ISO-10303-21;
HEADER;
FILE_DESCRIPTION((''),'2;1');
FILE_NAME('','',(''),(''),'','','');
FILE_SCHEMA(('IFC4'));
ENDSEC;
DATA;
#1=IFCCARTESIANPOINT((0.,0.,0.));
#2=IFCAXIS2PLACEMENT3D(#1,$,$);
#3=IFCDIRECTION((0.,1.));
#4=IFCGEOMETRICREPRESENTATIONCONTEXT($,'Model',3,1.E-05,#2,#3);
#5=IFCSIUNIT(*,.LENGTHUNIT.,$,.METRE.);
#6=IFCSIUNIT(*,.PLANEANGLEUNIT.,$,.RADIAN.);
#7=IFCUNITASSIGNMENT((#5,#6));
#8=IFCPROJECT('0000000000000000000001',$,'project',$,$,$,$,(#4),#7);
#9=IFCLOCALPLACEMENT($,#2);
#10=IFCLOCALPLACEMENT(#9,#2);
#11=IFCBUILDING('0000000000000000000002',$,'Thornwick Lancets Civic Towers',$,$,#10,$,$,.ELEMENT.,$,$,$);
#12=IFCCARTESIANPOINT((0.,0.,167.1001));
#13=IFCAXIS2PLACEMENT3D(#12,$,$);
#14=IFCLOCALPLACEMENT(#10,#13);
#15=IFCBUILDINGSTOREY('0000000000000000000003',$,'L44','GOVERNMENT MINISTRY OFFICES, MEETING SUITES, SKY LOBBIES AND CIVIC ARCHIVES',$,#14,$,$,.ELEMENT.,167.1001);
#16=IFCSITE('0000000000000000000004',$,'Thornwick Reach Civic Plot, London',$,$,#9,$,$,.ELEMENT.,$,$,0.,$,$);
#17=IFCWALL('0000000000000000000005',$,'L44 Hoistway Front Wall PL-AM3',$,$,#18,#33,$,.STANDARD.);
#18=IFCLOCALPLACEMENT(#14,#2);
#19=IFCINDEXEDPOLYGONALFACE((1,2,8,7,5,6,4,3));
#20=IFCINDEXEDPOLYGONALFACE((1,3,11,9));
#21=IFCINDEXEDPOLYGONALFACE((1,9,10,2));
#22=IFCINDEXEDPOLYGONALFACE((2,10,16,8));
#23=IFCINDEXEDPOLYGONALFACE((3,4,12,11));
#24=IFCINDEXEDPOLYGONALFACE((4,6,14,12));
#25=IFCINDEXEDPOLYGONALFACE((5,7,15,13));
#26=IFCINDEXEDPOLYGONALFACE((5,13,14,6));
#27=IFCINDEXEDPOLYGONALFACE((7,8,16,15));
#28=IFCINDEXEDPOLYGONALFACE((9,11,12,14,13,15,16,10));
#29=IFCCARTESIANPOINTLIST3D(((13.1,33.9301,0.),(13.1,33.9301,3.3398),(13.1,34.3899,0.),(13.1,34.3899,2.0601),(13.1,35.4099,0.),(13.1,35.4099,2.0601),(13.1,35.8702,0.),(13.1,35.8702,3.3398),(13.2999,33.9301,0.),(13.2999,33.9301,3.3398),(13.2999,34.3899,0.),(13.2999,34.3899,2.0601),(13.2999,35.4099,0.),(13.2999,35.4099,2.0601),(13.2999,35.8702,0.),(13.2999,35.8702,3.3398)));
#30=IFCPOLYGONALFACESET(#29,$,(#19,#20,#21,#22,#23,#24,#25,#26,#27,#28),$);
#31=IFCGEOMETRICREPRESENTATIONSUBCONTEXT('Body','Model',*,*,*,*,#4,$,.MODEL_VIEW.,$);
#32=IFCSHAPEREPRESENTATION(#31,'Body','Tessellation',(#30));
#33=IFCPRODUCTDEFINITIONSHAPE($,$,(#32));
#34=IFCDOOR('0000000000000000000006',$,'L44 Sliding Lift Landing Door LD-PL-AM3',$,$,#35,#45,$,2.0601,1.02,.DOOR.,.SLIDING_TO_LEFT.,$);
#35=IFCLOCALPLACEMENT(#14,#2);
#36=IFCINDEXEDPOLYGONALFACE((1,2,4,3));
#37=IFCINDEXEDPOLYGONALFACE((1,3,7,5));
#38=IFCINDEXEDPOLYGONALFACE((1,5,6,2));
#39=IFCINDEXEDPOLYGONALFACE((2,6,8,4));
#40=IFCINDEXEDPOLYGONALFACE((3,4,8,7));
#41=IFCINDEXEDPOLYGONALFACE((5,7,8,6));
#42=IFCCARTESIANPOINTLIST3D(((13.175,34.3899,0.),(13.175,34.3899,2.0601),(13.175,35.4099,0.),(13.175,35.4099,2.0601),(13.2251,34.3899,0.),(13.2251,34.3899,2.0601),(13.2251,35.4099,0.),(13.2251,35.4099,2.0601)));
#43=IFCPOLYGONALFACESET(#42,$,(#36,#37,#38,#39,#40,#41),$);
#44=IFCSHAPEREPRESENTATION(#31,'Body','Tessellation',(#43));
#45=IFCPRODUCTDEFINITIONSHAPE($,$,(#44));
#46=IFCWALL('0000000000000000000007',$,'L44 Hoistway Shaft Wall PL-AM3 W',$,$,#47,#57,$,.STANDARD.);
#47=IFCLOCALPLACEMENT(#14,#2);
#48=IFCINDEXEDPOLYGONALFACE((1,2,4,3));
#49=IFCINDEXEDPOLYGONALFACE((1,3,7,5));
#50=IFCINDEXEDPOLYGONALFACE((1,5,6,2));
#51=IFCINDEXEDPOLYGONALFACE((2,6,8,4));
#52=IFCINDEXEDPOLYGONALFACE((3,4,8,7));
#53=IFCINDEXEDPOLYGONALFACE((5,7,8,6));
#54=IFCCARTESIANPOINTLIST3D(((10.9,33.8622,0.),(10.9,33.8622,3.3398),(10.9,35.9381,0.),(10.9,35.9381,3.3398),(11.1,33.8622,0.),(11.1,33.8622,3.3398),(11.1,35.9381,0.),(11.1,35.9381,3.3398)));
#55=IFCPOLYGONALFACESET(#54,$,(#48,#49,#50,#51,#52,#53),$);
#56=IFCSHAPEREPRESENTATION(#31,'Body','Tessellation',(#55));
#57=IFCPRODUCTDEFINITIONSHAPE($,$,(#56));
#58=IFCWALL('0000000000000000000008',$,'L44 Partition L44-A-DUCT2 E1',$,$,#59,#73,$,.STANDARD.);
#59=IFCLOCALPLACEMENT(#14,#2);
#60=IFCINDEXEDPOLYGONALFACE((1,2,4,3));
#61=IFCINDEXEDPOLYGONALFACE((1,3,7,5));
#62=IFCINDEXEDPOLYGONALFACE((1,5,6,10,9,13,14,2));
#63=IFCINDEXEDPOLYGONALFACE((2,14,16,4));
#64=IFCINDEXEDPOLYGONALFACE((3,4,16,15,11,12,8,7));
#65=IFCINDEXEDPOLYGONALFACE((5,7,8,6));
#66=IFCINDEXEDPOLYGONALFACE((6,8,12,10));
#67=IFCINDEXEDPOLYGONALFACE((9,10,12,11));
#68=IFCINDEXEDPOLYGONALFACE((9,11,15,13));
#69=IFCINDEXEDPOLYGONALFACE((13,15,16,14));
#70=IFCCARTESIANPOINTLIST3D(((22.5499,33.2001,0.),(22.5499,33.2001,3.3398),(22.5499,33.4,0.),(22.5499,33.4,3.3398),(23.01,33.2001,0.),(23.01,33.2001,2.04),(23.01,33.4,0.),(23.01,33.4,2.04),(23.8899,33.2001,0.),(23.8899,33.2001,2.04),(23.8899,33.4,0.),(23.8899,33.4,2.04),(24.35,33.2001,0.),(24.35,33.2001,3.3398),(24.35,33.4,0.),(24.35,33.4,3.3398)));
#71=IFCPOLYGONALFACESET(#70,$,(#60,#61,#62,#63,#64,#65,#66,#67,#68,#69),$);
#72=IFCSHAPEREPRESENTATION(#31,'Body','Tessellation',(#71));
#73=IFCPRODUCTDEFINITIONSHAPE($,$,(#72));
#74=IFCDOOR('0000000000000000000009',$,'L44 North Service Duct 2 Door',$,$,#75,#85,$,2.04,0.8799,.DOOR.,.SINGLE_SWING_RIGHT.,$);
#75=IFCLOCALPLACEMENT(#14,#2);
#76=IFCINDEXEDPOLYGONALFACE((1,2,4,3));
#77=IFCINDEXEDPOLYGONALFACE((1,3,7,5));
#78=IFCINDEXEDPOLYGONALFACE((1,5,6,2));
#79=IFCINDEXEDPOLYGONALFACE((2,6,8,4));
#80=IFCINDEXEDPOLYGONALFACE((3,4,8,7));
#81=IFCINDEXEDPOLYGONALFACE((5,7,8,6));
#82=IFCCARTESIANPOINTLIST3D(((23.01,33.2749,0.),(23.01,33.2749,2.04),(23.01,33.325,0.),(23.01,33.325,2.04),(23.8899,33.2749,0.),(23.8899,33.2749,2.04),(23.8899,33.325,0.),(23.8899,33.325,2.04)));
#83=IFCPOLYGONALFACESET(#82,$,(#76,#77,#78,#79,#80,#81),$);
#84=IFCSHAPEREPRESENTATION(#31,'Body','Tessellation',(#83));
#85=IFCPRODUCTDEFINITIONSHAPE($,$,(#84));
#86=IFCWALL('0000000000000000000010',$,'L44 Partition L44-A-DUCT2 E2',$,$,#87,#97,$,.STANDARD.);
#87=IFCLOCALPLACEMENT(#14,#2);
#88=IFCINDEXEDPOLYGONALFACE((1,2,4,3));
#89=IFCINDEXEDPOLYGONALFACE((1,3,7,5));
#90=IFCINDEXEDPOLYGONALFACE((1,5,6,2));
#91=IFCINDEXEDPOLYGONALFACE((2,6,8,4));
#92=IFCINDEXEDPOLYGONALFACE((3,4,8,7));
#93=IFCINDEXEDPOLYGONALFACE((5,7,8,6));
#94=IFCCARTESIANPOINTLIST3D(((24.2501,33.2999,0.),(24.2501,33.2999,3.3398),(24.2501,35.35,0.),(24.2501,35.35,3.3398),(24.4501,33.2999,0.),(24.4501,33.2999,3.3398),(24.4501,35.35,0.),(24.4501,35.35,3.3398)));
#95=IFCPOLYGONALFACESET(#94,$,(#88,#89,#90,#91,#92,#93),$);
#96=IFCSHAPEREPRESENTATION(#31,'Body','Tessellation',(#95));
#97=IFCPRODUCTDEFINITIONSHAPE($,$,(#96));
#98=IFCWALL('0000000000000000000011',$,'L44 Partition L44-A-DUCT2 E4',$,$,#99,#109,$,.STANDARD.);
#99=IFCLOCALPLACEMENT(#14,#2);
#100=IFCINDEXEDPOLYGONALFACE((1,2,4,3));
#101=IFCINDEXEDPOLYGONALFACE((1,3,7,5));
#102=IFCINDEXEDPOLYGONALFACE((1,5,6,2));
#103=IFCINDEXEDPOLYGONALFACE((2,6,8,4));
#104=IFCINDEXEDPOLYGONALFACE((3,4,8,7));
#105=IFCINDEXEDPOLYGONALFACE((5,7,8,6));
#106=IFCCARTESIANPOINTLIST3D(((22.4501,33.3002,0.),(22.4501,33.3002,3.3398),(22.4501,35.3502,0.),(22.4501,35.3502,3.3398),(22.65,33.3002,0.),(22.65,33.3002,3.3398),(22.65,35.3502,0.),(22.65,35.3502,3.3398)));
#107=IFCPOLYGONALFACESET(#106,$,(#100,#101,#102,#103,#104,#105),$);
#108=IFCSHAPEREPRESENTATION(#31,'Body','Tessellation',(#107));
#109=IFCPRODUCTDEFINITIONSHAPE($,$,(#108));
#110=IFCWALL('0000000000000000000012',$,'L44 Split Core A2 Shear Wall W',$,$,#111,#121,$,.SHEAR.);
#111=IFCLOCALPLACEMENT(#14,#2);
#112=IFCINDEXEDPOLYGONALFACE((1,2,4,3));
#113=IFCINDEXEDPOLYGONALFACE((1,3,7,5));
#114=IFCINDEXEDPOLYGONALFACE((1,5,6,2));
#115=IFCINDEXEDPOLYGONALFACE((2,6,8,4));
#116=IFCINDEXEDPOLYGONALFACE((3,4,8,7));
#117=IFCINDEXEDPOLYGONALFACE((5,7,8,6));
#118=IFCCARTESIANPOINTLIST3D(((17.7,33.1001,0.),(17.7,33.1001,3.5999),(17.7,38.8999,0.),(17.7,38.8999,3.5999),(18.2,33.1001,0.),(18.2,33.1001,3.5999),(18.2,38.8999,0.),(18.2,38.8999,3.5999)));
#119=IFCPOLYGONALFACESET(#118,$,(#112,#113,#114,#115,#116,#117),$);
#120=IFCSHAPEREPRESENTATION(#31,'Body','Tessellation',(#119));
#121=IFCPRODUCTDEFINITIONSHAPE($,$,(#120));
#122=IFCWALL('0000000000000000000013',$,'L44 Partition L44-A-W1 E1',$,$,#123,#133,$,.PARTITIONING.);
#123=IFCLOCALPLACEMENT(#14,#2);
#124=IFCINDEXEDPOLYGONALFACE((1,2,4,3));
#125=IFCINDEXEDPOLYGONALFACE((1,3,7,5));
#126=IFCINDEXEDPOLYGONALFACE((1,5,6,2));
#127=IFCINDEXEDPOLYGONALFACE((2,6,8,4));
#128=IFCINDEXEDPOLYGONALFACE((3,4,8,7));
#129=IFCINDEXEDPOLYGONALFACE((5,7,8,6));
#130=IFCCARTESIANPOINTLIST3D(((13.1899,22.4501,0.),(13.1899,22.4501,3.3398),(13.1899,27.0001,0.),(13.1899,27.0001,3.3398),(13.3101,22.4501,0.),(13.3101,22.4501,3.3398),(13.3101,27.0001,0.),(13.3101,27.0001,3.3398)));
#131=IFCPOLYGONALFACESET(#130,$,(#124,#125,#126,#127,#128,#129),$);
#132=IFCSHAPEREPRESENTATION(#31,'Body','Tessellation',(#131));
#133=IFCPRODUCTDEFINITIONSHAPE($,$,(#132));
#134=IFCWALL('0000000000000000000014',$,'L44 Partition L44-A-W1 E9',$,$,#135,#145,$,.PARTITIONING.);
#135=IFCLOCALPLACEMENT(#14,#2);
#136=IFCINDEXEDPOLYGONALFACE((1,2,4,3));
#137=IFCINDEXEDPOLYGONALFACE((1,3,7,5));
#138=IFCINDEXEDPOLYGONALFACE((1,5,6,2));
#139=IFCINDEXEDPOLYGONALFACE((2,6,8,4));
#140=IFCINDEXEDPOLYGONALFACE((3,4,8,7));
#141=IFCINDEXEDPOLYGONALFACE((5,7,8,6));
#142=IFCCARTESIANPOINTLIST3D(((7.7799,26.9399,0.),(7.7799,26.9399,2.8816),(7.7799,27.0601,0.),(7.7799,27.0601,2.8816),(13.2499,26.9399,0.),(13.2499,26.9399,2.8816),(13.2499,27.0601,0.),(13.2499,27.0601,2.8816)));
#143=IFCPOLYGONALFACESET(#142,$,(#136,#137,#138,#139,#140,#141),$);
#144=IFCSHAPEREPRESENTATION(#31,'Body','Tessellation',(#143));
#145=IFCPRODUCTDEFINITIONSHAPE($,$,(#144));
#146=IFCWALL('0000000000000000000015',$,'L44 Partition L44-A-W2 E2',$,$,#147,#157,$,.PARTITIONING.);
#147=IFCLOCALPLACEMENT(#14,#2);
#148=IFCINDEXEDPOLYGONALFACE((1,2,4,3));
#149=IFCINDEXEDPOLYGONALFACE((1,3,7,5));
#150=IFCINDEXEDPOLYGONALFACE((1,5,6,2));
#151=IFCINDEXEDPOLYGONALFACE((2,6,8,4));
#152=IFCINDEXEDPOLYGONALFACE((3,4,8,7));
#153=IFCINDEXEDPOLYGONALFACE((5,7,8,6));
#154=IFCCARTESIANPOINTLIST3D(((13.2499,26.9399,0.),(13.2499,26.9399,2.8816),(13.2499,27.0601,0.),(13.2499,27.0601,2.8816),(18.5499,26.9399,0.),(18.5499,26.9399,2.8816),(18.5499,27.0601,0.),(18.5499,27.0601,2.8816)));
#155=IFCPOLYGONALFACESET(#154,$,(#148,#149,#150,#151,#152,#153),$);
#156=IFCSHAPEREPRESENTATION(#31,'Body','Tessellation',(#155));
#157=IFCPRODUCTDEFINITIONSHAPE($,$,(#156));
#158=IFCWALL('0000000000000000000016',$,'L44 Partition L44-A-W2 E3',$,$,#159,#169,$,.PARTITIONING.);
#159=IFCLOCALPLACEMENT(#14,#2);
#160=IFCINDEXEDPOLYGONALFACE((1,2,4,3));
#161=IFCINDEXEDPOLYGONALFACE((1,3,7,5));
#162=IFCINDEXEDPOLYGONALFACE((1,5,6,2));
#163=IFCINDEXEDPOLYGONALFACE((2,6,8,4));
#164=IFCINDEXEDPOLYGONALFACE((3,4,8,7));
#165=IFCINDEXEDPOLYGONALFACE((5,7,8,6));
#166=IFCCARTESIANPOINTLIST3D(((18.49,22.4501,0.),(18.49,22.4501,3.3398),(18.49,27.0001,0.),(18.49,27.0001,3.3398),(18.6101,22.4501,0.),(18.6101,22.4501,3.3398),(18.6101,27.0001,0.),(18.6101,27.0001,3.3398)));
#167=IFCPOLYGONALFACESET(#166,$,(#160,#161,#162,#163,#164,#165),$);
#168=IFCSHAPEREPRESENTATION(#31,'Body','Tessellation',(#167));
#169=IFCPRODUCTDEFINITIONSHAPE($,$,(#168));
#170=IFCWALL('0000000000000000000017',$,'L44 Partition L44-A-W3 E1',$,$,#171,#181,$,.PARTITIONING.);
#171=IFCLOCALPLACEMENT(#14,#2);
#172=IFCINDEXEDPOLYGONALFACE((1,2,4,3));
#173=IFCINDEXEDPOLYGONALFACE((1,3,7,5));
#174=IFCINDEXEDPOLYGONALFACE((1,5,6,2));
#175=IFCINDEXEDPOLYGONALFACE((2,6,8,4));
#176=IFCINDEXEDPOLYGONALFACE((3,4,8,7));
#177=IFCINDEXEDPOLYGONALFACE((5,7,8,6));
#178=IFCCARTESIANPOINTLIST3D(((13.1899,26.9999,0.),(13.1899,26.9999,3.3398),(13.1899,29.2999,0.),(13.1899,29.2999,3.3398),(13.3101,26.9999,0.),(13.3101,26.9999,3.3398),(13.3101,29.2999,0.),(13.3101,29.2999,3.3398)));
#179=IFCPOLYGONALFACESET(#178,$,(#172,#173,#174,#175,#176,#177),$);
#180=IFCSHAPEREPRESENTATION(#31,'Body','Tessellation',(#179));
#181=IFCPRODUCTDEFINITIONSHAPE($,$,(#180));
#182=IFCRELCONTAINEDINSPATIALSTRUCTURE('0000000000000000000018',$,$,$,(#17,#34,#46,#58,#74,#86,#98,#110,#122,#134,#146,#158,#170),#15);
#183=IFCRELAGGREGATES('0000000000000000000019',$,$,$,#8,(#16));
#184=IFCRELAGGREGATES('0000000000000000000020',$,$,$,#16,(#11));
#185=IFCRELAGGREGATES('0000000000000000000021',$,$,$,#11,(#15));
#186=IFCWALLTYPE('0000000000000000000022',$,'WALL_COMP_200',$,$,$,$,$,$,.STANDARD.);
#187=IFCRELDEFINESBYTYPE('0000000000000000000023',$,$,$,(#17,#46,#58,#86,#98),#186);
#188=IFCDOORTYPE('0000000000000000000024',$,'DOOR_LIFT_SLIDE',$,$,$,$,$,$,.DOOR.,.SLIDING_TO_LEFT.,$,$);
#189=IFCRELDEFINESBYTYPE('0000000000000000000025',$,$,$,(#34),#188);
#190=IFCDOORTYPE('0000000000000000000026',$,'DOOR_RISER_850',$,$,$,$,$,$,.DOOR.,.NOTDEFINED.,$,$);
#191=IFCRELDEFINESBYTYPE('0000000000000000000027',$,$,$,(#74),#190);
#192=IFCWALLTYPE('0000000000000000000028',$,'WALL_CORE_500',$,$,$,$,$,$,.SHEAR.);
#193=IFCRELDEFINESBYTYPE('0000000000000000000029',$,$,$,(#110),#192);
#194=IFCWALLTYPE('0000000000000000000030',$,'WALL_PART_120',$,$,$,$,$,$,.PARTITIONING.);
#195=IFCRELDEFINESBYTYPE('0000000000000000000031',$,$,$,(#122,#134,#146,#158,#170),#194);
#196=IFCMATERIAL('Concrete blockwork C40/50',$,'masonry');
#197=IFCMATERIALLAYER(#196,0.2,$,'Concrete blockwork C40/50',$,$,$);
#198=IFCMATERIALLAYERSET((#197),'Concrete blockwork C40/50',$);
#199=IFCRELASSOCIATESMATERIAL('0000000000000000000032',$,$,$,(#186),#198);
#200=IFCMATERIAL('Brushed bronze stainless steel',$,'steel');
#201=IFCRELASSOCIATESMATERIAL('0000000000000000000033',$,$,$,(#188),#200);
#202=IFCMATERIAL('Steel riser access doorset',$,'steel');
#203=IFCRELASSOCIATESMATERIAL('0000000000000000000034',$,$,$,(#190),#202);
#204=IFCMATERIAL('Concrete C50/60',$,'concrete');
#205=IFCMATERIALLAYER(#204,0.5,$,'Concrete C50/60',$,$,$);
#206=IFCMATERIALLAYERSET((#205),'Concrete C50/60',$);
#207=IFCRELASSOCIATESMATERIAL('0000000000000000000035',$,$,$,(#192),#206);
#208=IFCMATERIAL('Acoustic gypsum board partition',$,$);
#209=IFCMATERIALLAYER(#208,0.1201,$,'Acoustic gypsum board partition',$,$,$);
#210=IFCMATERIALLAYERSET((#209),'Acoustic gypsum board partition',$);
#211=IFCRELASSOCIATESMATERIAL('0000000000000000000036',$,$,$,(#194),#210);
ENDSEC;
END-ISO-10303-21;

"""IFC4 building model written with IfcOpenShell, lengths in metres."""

from ifc_helpers import new_model, si_unit, direction, frame, frame_2d, origin, place, context, subcontext, project, spatial, rectangle, extrude, material, layer, layer_set, type_object, element, fill, save


model = new_model("IFC4")

# Units and contexts
model_context = context("Model", 3, precision=1e-05, world=origin(), true_north=direction((0.0, 1.0)))
body_context = subcontext(model_context, "Body", "Model", "MODEL_VIEW")
ifc_project = project(units=[si_unit("LENGTHUNIT", "METRE"), si_unit("PLANEANGLEUNIT", "RADIAN")], contexts=[model_context])

# Site, building, storey
site_placement = place(None, origin())
site = spatial("IfcSite", under=ifc_project, at=site_placement, Name="Thornwick Reach Civic Plot, London", CompositionType="ELEMENT", RefElevation=0.0)
building_placement = place(site_placement, origin())
building = spatial("IfcBuilding", under=site, at=building_placement, Name="Thornwick Lancets Civic Towers", CompositionType="ELEMENT")
storey_placement = place(building_placement, frame((0.0, 0.0, 167.1001)))
storey = spatial("IfcBuildingStorey", under=building, at=storey_placement, Name="L44", Description="GOVERNMENT MINISTRY OFFICES, MEETING SUITES, SKY LOBBIES AND CIVIC ARCHIVES", CompositionType="ELEMENT", Elevation=167.1001)

# Shared definitions
ifc_material_1 = material(Name="Concrete C50/60", Category="concrete")

# Wall, opening, door
ifc_material_2 = material(Name="Concrete blockwork C40/50", Category="masonry")
ifc_layer_1 = layer(ifc_material_2, 0.2, Name="Concrete blockwork C40/50")
ifc_layer_set_1 = layer_set([ifc_layer_1], Name="Concrete blockwork C40/50")
wall_type_1 = type_object("IfcWallType", Name="WALL_COMP_200", PredefinedType="STANDARD", material=ifc_layer_set_1)
wall_1_placement = place(storey_placement, frame((13.2, 33.9299, 0.0), z_axis=(0.0, 0.0, 1.0), x_axis=(0.0, 1.0, 0.0)))
wall_1 = element("IfcWall", 1, at=wall_1_placement, inside=storey, type_object=wall_type_1, Name="L44 Hoistway Front Wall PL-AM3", PredefinedType="STANDARD", context=body_context, shape_type="SweptSolid", body=[
    extrude(rectangle(XDim=1.9402, YDim=0.2, at=frame_2d((0.9702, 0.0))), origin(), (0.0, 0.0, 1.0), 3.3398),
])
opening_1_placement = place(wall_1_placement, frame((0.46, 0.0, 0.0)))
opening_1 = element("IfcOpeningElement", 2, at=opening_1_placement, cuts=wall_1, PredefinedType="OPENING", context=body_context, shape_type="SweptSolid", body=[
    extrude(rectangle(XDim=1.02, YDim=2.0601, at=frame_2d((0.51, 1.03))), frame((0.0, 0.1099, 0.0), z_axis=(0.0, -1.0, 0.0), x_axis=(1.0, 0.0, 0.0)), (0.0, 0.0, 1.0), 0.22),
])
ifc_material_3 = material(Name="Brushed bronze stainless steel", Category="steel")
door_type_1 = type_object("IfcDoorType", Name="DOOR_LIFT_SLIDE", OperationType="SLIDING_TO_LEFT", PredefinedType="DOOR", material=ifc_material_3)
door_1_placement = place(opening_1_placement, origin())
door_1 = element("IfcDoor", 3, at=door_1_placement, inside=storey, type_object=door_type_1, Name="L44 Sliding Lift Landing Door LD-PL-AM3", OperationType="SLIDING_TO_LEFT", OverallHeight=2.0601, OverallWidth=1.02, PredefinedType="DOOR", context=body_context, shape_type="SweptSolid", body=[
    extrude(rectangle(XDim=1.02, YDim=2.0601, at=frame_2d((0.51, 1.03))), frame((0.0, 0.0249, 0.0), z_axis=(0.0, -1.0, 0.0), x_axis=(1.0, 0.0, 0.0)), (0.0, 0.0, 1.0), 0.05),
])
fill(opening_1, door_1)

# Wall
wall_2_placement = place(storey_placement, frame((11.0, 33.8621, 0.0), z_axis=(0.0, 0.0, 1.0), x_axis=(0.0, 1.0, 0.0)))
element("IfcWall", 4, at=wall_2_placement, inside=storey, type_object=wall_type_1, Name="L44 Hoistway Shaft Wall PL-AM3 W", PredefinedType="STANDARD", context=body_context, shape_type="SweptSolid", body=[
    extrude(rectangle(XDim=2.0759, YDim=0.2, at=frame_2d((1.0381, 0.0))), origin(), (0.0, 0.0, 1.0), 3.3398),
])

# Wall, opening, door
wall_3_placement = place(storey_placement, frame((22.55, 33.3, 0.0), z_axis=(0.0, 0.0, 1.0), x_axis=(1.0, 0.0, 0.0)))
wall_3 = element("IfcWall", 5, at=wall_3_placement, inside=storey, type_object=wall_type_1, Name="L44 Partition L44-A-DUCT2 E1", PredefinedType="STANDARD", context=body_context, shape_type="SweptSolid", body=[
    extrude(rectangle(XDim=1.8, YDim=0.2, at=frame_2d((0.8999, 0.0))), origin(), (0.0, 0.0, 1.0), 3.3398),
])
opening_2_placement = place(wall_3_placement, frame((0.46, 0.0, 0.0)))
opening_2 = element("IfcOpeningElement", 6, at=opening_2_placement, cuts=wall_3, PredefinedType="OPENING", context=body_context, shape_type="SweptSolid", body=[
    extrude(rectangle(XDim=0.8799, YDim=2.04, at=frame_2d((0.4399, 1.02))), frame((0.0, 0.1099, 0.0), z_axis=(0.0, -1.0, 0.0), x_axis=(1.0, 0.0, 0.0)), (0.0, 0.0, 1.0), 0.22),
])
ifc_material_4 = material(Name="Steel riser access doorset", Category="steel")
door_type_2 = type_object("IfcDoorType", Name="DOOR_RISER_850", OperationType="NOTDEFINED", PredefinedType="DOOR", material=ifc_material_4)
door_2_placement = place(opening_2_placement, origin())
door_2 = element("IfcDoor", 7, at=door_2_placement, inside=storey, type_object=door_type_2, Name="L44 North Service Duct 2 Door", OperationType="SINGLE_SWING_RIGHT", OverallHeight=2.04, OverallWidth=0.8799, PredefinedType="DOOR", context=body_context, shape_type="SweptSolid", body=[
    extrude(rectangle(XDim=0.8799, YDim=2.04, at=frame_2d((0.4399, 1.02))), frame((0.0, 0.0249, 0.0), z_axis=(0.0, -1.0, 0.0), x_axis=(1.0, 0.0, 0.0)), (0.0, 0.0, 1.0), 0.05),
])
fill(opening_2, door_2)

# Walls
for number, where, z_axis, x_axis, name in (
    (8, (24.3501, 33.3, 0.0), (0.0, 0.0, 1.0), (0.0, 1.0, 0.0), "L44 Partition L44-A-DUCT2 E2"),
    (9, (22.55, 35.3501, 0.0), (0.0, 0.0, 1.0), (0.0, -1.0, 0.0), "L44 Partition L44-A-DUCT2 E4"),
):
    element("IfcWall", number, at=place(storey_placement, frame(where, z_axis=z_axis, x_axis=x_axis)), inside=storey, type_object=wall_type_1, Name=name, PredefinedType="STANDARD", context=body_context, shape_type="SweptSolid", body=[
        extrude(rectangle(XDim=2.05, YDim=0.2, at=frame_2d((1.0249, 0.0))), origin(), (0.0, 0.0, 1.0), 3.3398),
    ])
ifc_layer_2 = layer(ifc_material_1, 0.5, Name="Concrete C50/60")
ifc_layer_set_2 = layer_set([ifc_layer_2], Name="Concrete C50/60")
wall_type_2 = type_object("IfcWallType", Name="WALL_CORE_500", PredefinedType="SHEAR", material=ifc_layer_set_2)
wall_4_placement = place(storey_placement, frame((17.95, 33.1001, 0.0), z_axis=(0.0, 0.0, 1.0), x_axis=(0.0, 1.0, 0.0)))
element("IfcWall", 10, at=wall_4_placement, inside=storey, type_object=wall_type_2, Name="L44 Split Core A2 Shear Wall W", PredefinedType="SHEAR", context=body_context, shape_type="SweptSolid", body=[
    extrude(rectangle(XDim=5.7998, YDim=0.5, at=frame_2d((2.8999, 0.0))), origin(), (0.0, 0.0, 1.0), 3.5999),
])
ifc_material_5 = material(Name="Acoustic gypsum board partition")
ifc_layer_3 = layer(ifc_material_5, 0.1201, Name="Acoustic gypsum board partition")
ifc_layer_set_3 = layer_set([ifc_layer_3], Name="Acoustic gypsum board partition")
wall_type_3 = type_object("IfcWallType", Name="WALL_PART_120", PredefinedType="PARTITIONING", material=ifc_layer_set_3)
wall_5_placement = place(storey_placement, frame((13.25, 27.0, 0.0), z_axis=(0.0, 0.0, 1.0), x_axis=(0.0, -1.0, 0.0)))
element("IfcWall", 11, at=wall_5_placement, inside=storey, type_object=wall_type_3, Name="L44 Partition L44-A-W1 E1", PredefinedType="PARTITIONING", context=body_context, shape_type="SweptSolid", body=[
    extrude(rectangle(XDim=4.55, YDim=0.1201, at=frame_2d((2.2749, 0.0))), origin(), (0.0, 0.0, 1.0), 3.3398),
])
wall_6_placement = place(storey_placement, frame((7.78, 27.0, 0.0), z_axis=(0.0, 0.0, 1.0), x_axis=(1.0, 0.0, 0.0)))
element("IfcWall", 12, at=wall_6_placement, inside=storey, type_object=wall_type_3, Name="L44 Partition L44-A-W1 E9", PredefinedType="PARTITIONING", context=body_context, shape_type="SweptSolid", body=[
    extrude(rectangle(XDim=5.47, YDim=0.1201, at=frame_2d((2.7349, 0.0))), origin(), (0.0, 0.0, 1.0), 2.8816),
])
wall_7_placement = place(storey_placement, frame((13.25, 27.0, 0.0), z_axis=(0.0, 0.0, 1.0), x_axis=(1.0, 0.0, 0.0)))
element("IfcWall", 13, at=wall_7_placement, inside=storey, type_object=wall_type_3, Name="L44 Partition L44-A-W2 E2", PredefinedType="PARTITIONING", context=body_context, shape_type="SweptSolid", body=[
    extrude(rectangle(XDim=5.3, YDim=0.1201, at=frame_2d((2.6499, 0.0))), origin(), (0.0, 0.0, 1.0), 2.8816),
])
wall_8_placement = place(storey_placement, frame((18.55, 27.0, 0.0), z_axis=(0.0, 0.0, 1.0), x_axis=(0.0, -1.0, 0.0)))
element("IfcWall", 14, at=wall_8_placement, inside=storey, type_object=wall_type_3, Name="L44 Partition L44-A-W2 E3", PredefinedType="PARTITIONING", context=body_context, shape_type="SweptSolid", body=[
    extrude(rectangle(XDim=4.55, YDim=0.1201, at=frame_2d((2.2749, 0.0))), origin(), (0.0, 0.0, 1.0), 3.3398),
])
wall_9_placement = place(storey_placement, frame((13.25, 27.0, 0.0), z_axis=(0.0, 0.0, 1.0), x_axis=(0.0, 1.0, 0.0)))
element("IfcWall", 15, at=wall_9_placement, inside=storey, type_object=wall_type_3, Name="L44 Partition L44-A-W3 E1", PredefinedType="PARTITIONING", context=body_context, shape_type="SweptSolid", body=[
    extrude(rectangle(XDim=2.3, YDim=0.1201, at=frame_2d((1.1499, 0.0))), origin(), (0.0, 0.0, 1.0), 3.3398),
])

save(model, "model.ifc")
